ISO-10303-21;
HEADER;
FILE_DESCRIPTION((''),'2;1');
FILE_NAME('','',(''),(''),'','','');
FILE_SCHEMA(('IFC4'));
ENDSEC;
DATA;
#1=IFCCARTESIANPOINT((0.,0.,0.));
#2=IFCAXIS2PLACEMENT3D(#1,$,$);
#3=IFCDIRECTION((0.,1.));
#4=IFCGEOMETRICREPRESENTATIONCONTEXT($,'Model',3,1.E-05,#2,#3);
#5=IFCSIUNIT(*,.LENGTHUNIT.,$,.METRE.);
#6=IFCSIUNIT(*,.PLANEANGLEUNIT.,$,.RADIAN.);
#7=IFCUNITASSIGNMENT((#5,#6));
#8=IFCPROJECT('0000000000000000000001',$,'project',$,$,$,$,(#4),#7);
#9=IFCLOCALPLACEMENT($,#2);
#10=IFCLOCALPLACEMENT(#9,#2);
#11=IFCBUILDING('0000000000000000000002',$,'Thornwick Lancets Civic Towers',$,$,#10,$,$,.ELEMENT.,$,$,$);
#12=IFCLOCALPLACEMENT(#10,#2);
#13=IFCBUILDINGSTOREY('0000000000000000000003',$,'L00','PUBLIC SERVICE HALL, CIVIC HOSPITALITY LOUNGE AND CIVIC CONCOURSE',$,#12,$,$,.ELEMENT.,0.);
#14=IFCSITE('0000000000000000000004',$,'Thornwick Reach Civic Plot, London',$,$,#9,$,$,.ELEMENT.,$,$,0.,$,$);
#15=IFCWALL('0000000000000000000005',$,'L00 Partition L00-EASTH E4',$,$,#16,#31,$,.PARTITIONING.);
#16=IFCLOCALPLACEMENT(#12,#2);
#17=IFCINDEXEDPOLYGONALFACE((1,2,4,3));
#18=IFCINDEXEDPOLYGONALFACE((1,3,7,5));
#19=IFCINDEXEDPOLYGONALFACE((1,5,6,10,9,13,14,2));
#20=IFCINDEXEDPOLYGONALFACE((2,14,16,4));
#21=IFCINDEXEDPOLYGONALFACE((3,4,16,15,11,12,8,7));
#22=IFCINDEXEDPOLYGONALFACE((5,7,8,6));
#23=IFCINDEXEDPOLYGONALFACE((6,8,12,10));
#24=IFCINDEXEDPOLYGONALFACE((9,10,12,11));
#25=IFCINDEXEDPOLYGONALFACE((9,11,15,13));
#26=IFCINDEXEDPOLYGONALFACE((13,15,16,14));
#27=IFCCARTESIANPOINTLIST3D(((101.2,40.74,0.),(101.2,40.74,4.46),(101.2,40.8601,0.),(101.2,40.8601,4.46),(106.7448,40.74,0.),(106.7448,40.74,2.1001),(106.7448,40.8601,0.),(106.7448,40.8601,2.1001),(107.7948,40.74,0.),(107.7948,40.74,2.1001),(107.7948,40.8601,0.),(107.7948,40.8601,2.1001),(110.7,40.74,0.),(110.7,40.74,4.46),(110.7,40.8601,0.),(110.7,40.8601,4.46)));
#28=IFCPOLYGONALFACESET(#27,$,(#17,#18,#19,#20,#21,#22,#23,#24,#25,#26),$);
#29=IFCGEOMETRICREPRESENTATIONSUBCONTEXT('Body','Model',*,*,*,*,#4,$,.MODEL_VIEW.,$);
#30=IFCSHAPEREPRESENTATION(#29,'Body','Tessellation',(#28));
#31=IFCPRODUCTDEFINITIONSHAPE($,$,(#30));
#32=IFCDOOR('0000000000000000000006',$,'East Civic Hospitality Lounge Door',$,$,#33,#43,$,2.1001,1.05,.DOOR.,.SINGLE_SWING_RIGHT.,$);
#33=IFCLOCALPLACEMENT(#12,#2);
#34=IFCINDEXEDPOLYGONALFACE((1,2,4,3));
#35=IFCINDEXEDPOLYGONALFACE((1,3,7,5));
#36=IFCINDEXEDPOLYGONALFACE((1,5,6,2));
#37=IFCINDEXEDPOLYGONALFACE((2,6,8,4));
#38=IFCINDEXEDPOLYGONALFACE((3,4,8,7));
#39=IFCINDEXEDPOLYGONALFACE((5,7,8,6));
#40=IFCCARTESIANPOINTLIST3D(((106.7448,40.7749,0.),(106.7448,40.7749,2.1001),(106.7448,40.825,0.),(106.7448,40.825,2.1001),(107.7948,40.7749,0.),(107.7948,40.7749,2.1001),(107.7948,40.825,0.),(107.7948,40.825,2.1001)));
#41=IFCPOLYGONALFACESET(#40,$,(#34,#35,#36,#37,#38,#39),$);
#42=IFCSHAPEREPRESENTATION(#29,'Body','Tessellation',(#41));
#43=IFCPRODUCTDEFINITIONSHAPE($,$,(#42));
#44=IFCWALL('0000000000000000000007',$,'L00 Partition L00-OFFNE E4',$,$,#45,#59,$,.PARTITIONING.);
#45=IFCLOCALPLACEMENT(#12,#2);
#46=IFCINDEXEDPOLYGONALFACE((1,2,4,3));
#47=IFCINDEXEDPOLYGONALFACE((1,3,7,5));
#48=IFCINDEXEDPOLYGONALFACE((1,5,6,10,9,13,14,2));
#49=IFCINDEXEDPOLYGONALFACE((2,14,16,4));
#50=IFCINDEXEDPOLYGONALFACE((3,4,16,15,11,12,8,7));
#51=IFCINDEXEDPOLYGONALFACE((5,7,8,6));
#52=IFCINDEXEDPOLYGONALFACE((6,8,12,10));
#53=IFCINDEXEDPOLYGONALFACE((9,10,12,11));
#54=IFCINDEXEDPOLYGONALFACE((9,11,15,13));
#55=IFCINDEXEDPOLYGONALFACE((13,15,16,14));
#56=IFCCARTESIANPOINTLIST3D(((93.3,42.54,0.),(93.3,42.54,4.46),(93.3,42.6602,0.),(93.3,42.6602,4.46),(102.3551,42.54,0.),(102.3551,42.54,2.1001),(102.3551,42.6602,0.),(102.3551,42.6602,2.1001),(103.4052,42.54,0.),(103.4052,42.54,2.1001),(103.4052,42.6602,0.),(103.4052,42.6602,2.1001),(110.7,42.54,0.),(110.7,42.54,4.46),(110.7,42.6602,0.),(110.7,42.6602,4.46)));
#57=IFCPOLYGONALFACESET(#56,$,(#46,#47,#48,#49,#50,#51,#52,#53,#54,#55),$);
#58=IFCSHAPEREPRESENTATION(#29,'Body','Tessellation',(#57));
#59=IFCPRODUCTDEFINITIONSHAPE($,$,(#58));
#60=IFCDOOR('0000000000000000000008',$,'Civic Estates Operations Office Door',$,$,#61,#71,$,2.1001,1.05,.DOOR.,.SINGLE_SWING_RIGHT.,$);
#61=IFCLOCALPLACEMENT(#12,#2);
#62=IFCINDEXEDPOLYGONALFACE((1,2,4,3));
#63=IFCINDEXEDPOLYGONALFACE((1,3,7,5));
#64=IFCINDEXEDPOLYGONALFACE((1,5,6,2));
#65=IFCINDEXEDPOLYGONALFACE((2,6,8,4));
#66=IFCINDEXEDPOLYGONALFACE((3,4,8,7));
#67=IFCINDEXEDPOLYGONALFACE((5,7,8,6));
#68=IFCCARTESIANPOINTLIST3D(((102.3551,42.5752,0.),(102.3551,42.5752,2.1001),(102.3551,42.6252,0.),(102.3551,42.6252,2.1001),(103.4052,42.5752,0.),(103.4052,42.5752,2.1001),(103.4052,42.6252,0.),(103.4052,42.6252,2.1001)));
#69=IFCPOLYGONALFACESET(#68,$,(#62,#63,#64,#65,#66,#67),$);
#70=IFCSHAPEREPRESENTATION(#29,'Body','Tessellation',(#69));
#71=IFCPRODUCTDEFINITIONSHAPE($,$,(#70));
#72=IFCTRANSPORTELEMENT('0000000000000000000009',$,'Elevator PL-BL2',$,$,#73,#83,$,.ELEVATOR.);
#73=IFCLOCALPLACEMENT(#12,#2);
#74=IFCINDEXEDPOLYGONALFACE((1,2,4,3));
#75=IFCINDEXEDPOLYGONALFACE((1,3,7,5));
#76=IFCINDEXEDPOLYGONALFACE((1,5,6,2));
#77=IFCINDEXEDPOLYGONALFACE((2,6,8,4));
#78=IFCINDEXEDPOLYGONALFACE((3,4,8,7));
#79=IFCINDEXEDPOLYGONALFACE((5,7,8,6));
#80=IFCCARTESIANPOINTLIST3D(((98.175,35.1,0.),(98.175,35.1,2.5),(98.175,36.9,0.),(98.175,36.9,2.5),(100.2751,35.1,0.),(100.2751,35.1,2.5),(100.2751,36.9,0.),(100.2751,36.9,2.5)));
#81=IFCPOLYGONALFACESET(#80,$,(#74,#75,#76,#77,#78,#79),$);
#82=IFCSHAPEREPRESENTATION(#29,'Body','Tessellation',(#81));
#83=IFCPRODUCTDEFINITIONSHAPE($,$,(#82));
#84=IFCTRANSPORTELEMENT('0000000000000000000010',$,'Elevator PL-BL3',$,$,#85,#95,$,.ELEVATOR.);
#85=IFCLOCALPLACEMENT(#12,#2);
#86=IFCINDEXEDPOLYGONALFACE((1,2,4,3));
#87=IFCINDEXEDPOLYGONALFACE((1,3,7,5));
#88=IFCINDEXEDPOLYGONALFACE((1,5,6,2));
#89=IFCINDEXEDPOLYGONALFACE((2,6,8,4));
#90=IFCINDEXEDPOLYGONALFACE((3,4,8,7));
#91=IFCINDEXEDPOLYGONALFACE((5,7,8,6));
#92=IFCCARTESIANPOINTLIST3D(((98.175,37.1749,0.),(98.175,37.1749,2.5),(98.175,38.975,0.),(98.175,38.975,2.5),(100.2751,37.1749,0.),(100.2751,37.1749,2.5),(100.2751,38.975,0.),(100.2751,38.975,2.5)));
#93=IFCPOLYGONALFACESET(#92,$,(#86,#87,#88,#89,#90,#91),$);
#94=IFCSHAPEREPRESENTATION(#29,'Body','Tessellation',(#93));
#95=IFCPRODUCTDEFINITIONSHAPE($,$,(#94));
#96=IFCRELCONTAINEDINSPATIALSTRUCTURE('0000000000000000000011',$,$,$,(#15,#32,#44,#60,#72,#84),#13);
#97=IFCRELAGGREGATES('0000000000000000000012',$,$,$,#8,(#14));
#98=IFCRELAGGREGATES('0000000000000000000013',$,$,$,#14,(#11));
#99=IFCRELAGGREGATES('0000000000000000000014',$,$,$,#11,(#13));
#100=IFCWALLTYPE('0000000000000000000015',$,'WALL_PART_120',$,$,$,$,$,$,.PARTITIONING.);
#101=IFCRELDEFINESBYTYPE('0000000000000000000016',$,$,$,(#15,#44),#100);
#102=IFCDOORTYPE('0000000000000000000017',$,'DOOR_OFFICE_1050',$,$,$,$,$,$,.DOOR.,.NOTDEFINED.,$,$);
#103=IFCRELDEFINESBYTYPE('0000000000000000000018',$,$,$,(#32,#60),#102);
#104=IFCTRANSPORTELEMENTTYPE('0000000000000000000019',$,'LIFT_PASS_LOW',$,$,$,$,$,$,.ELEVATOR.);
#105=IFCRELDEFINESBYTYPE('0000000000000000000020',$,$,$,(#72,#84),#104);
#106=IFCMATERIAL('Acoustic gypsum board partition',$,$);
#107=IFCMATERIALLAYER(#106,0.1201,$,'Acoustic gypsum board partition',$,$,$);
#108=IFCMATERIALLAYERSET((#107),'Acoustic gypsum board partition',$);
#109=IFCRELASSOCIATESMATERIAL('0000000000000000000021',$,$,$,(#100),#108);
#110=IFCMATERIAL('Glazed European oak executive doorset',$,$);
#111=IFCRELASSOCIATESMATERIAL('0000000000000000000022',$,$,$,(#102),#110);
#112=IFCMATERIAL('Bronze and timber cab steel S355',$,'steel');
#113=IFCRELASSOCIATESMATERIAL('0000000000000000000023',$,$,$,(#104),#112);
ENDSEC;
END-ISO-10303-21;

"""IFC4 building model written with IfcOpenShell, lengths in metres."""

from ifc_helpers import new_model, si_unit, direction, frame, frame_2d, origin, origin_2d, place, context, subcontext, project, spatial, rectangle, extrude, material, layer, layer_set, type_object, element, fill, save


model = new_model("IFC4")

# Units and contexts
model_context = context("Model", 3, precision=1e-05, world=origin(), true_north=direction((0.0, 1.0)))
body_context = subcontext(model_context, "Body", "Model", "MODEL_VIEW")
ifc_project = project(units=[si_unit("LENGTHUNIT", "METRE"), si_unit("PLANEANGLEUNIT", "RADIAN")], contexts=[model_context])

# Site, building, storey
site_placement = place(None, origin())
site = spatial("IfcSite", under=ifc_project, at=site_placement, Name="Thornwick Reach Civic Plot, London", CompositionType="ELEMENT", RefElevation=0.0)
building_placement = place(site_placement, origin())
building = spatial("IfcBuilding", under=site, at=building_placement, Name="Thornwick Lancets Civic Towers", CompositionType="ELEMENT")
storey_placement = place(building_placement, origin())
storey = spatial("IfcBuildingStorey", under=building, at=storey_placement, Name="L00", Description="PUBLIC SERVICE HALL, CIVIC HOSPITALITY LOUNGE AND CIVIC CONCOURSE", CompositionType="ELEMENT", Elevation=0.0)

# Shared definitions
ifc_material_1 = material(Name="Acoustic gypsum board partition")
ifc_layer_1 = layer(ifc_material_1, 0.1201, Name="Acoustic gypsum board partition")
ifc_layer_set_1 = layer_set([ifc_layer_1], Name="Acoustic gypsum board partition")
wall_type_1 = type_object("IfcWallType", Name="WALL_PART_120", PredefinedType="PARTITIONING", material=ifc_layer_set_1)

# Walls, openings, doors
wall_1_placement = place(storey_placement, frame((101.2, 40.8, 0.0), z_axis=(0.0, 0.0, 1.0), x_axis=(1.0, 0.0, 0.0)))
wall_1 = element("IfcWall", 1, at=wall_1_placement, inside=storey, type_object=wall_type_1, Name="L00 Partition L00-EASTH E4", PredefinedType="PARTITIONING", context=body_context, shape_type="SweptSolid", body=[
    extrude(rectangle(XDim=9.5, YDim=0.1201, at=frame_2d((4.75, 0.0))), origin(), (0.0, 0.0, 1.0), 4.46),
])
opening_1_placement = place(wall_1_placement, frame((5.5449, 0.0, 0.0)))
opening_1 = element("IfcOpeningElement", 2, at=opening_1_placement, cuts=wall_1, PredefinedType="OPENING", context=body_context, shape_type="SweptSolid", body=[
    extrude(rectangle(XDim=1.05, YDim=2.1001, at=frame_2d((0.5249, 1.05))), frame((0.0, 0.0701, 0.0), z_axis=(0.0, -1.0, 0.0), x_axis=(1.0, 0.0, 0.0)), (0.0, 0.0, 1.0), 0.1401),
])
ifc_material_2 = material(Name="Glazed European oak executive doorset")
door_type_1 = type_object("IfcDoorType", Name="DOOR_OFFICE_1050", OperationType="NOTDEFINED", PredefinedType="DOOR", material=ifc_material_2)
door_1_placement = place(opening_1_placement, origin())
door_1 = element("IfcDoor", 3, at=door_1_placement, inside=storey, type_object=door_type_1, Name="East Civic Hospitality Lounge Door", OperationType="SINGLE_SWING_RIGHT", OverallHeight=2.1001, OverallWidth=1.05, PredefinedType="DOOR", context=body_context, shape_type="SweptSolid", body=[
    extrude(rectangle(XDim=1.05, YDim=2.1001, at=frame_2d((0.5249, 1.05))), frame((0.0, 0.0249, 0.0), z_axis=(0.0, -1.0, 0.0), x_axis=(1.0, 0.0, 0.0)), (0.0, 0.0, 1.0), 0.05),
])
fill(opening_1, door_1)
wall_2_placement = place(storey_placement, frame((110.7, 42.6001, 0.0), z_axis=(0.0, 0.0, 1.0), x_axis=(-1.0, 0.0, 0.0)))
wall_2 = element("IfcWall", 4, at=wall_2_placement, inside=storey, type_object=wall_type_1, Name="L00 Partition L00-OFFNE E4", PredefinedType="PARTITIONING", context=body_context, shape_type="SweptSolid", body=[
    extrude(rectangle(XDim=17.3999, YDim=0.1201, at=frame_2d((8.7, 0.0))), origin(), (0.0, 0.0, 1.0), 4.46),
])
opening_2_placement = place(wall_2_placement, frame((7.2949, 0.0, 0.0)))
opening_2 = element("IfcOpeningElement", 5, at=opening_2_placement, cuts=wall_2, PredefinedType="OPENING", context=body_context, shape_type="SweptSolid", body=[
    extrude(rectangle(XDim=1.05, YDim=2.1001, at=frame_2d((0.5249, 1.05))), frame((0.0, 0.0701, 0.0), z_axis=(0.0, -1.0, 0.0), x_axis=(1.0, 0.0, 0.0)), (0.0, 0.0, 1.0), 0.1401),
])
door_2_placement = place(opening_2_placement, origin())
door_2 = element("IfcDoor", 6, at=door_2_placement, inside=storey, type_object=door_type_1, Name="Civic Estates Operations Office Door", OperationType="SINGLE_SWING_RIGHT", OverallHeight=2.1001, OverallWidth=1.05, PredefinedType="DOOR", context=body_context, shape_type="SweptSolid", body=[
    extrude(rectangle(XDim=1.05, YDim=2.1001, at=frame_2d((0.5249, 1.05))), frame((0.0, 0.0249, 0.0), z_axis=(0.0, -1.0, 0.0), x_axis=(1.0, 0.0, 0.0)), (0.0, 0.0, 1.0), 0.05),
])
fill(opening_2, door_2)

# Transport elements
ifc_material_3 = material(Name="Bronze and timber cab steel S355", Category="steel")
transport_element_type = type_object("IfcTransportElementType", Name="LIFT_PASS_LOW", PredefinedType="ELEVATOR", material=ifc_material_3)
for number, where, z_axis, x_axis, name in (
    (7, (99.2251, 36.0, 0.0), (0.0, 0.0, 1.0), (1.0, 0.0, 0.0), "Elevator PL-BL2"),
    (8, (99.2251, 38.075, 0.0), (0.0, 0.0, 1.0), (1.0, 0.0, 0.0), "Elevator PL-BL3"),
):
    element("IfcTransportElement", number, at=place(storey_placement, frame(where, z_axis=z_axis, x_axis=x_axis)), inside=storey, type_object=transport_element_type, Name=name, PredefinedType="ELEVATOR", context=body_context, shape_type="SweptSolid", body=[
        extrude(rectangle(XDim=2.1001, YDim=1.8, at=origin_2d()), origin(), (0.0, 0.0, 1.0), 2.5),
    ])

save(model, "model.ifc")
